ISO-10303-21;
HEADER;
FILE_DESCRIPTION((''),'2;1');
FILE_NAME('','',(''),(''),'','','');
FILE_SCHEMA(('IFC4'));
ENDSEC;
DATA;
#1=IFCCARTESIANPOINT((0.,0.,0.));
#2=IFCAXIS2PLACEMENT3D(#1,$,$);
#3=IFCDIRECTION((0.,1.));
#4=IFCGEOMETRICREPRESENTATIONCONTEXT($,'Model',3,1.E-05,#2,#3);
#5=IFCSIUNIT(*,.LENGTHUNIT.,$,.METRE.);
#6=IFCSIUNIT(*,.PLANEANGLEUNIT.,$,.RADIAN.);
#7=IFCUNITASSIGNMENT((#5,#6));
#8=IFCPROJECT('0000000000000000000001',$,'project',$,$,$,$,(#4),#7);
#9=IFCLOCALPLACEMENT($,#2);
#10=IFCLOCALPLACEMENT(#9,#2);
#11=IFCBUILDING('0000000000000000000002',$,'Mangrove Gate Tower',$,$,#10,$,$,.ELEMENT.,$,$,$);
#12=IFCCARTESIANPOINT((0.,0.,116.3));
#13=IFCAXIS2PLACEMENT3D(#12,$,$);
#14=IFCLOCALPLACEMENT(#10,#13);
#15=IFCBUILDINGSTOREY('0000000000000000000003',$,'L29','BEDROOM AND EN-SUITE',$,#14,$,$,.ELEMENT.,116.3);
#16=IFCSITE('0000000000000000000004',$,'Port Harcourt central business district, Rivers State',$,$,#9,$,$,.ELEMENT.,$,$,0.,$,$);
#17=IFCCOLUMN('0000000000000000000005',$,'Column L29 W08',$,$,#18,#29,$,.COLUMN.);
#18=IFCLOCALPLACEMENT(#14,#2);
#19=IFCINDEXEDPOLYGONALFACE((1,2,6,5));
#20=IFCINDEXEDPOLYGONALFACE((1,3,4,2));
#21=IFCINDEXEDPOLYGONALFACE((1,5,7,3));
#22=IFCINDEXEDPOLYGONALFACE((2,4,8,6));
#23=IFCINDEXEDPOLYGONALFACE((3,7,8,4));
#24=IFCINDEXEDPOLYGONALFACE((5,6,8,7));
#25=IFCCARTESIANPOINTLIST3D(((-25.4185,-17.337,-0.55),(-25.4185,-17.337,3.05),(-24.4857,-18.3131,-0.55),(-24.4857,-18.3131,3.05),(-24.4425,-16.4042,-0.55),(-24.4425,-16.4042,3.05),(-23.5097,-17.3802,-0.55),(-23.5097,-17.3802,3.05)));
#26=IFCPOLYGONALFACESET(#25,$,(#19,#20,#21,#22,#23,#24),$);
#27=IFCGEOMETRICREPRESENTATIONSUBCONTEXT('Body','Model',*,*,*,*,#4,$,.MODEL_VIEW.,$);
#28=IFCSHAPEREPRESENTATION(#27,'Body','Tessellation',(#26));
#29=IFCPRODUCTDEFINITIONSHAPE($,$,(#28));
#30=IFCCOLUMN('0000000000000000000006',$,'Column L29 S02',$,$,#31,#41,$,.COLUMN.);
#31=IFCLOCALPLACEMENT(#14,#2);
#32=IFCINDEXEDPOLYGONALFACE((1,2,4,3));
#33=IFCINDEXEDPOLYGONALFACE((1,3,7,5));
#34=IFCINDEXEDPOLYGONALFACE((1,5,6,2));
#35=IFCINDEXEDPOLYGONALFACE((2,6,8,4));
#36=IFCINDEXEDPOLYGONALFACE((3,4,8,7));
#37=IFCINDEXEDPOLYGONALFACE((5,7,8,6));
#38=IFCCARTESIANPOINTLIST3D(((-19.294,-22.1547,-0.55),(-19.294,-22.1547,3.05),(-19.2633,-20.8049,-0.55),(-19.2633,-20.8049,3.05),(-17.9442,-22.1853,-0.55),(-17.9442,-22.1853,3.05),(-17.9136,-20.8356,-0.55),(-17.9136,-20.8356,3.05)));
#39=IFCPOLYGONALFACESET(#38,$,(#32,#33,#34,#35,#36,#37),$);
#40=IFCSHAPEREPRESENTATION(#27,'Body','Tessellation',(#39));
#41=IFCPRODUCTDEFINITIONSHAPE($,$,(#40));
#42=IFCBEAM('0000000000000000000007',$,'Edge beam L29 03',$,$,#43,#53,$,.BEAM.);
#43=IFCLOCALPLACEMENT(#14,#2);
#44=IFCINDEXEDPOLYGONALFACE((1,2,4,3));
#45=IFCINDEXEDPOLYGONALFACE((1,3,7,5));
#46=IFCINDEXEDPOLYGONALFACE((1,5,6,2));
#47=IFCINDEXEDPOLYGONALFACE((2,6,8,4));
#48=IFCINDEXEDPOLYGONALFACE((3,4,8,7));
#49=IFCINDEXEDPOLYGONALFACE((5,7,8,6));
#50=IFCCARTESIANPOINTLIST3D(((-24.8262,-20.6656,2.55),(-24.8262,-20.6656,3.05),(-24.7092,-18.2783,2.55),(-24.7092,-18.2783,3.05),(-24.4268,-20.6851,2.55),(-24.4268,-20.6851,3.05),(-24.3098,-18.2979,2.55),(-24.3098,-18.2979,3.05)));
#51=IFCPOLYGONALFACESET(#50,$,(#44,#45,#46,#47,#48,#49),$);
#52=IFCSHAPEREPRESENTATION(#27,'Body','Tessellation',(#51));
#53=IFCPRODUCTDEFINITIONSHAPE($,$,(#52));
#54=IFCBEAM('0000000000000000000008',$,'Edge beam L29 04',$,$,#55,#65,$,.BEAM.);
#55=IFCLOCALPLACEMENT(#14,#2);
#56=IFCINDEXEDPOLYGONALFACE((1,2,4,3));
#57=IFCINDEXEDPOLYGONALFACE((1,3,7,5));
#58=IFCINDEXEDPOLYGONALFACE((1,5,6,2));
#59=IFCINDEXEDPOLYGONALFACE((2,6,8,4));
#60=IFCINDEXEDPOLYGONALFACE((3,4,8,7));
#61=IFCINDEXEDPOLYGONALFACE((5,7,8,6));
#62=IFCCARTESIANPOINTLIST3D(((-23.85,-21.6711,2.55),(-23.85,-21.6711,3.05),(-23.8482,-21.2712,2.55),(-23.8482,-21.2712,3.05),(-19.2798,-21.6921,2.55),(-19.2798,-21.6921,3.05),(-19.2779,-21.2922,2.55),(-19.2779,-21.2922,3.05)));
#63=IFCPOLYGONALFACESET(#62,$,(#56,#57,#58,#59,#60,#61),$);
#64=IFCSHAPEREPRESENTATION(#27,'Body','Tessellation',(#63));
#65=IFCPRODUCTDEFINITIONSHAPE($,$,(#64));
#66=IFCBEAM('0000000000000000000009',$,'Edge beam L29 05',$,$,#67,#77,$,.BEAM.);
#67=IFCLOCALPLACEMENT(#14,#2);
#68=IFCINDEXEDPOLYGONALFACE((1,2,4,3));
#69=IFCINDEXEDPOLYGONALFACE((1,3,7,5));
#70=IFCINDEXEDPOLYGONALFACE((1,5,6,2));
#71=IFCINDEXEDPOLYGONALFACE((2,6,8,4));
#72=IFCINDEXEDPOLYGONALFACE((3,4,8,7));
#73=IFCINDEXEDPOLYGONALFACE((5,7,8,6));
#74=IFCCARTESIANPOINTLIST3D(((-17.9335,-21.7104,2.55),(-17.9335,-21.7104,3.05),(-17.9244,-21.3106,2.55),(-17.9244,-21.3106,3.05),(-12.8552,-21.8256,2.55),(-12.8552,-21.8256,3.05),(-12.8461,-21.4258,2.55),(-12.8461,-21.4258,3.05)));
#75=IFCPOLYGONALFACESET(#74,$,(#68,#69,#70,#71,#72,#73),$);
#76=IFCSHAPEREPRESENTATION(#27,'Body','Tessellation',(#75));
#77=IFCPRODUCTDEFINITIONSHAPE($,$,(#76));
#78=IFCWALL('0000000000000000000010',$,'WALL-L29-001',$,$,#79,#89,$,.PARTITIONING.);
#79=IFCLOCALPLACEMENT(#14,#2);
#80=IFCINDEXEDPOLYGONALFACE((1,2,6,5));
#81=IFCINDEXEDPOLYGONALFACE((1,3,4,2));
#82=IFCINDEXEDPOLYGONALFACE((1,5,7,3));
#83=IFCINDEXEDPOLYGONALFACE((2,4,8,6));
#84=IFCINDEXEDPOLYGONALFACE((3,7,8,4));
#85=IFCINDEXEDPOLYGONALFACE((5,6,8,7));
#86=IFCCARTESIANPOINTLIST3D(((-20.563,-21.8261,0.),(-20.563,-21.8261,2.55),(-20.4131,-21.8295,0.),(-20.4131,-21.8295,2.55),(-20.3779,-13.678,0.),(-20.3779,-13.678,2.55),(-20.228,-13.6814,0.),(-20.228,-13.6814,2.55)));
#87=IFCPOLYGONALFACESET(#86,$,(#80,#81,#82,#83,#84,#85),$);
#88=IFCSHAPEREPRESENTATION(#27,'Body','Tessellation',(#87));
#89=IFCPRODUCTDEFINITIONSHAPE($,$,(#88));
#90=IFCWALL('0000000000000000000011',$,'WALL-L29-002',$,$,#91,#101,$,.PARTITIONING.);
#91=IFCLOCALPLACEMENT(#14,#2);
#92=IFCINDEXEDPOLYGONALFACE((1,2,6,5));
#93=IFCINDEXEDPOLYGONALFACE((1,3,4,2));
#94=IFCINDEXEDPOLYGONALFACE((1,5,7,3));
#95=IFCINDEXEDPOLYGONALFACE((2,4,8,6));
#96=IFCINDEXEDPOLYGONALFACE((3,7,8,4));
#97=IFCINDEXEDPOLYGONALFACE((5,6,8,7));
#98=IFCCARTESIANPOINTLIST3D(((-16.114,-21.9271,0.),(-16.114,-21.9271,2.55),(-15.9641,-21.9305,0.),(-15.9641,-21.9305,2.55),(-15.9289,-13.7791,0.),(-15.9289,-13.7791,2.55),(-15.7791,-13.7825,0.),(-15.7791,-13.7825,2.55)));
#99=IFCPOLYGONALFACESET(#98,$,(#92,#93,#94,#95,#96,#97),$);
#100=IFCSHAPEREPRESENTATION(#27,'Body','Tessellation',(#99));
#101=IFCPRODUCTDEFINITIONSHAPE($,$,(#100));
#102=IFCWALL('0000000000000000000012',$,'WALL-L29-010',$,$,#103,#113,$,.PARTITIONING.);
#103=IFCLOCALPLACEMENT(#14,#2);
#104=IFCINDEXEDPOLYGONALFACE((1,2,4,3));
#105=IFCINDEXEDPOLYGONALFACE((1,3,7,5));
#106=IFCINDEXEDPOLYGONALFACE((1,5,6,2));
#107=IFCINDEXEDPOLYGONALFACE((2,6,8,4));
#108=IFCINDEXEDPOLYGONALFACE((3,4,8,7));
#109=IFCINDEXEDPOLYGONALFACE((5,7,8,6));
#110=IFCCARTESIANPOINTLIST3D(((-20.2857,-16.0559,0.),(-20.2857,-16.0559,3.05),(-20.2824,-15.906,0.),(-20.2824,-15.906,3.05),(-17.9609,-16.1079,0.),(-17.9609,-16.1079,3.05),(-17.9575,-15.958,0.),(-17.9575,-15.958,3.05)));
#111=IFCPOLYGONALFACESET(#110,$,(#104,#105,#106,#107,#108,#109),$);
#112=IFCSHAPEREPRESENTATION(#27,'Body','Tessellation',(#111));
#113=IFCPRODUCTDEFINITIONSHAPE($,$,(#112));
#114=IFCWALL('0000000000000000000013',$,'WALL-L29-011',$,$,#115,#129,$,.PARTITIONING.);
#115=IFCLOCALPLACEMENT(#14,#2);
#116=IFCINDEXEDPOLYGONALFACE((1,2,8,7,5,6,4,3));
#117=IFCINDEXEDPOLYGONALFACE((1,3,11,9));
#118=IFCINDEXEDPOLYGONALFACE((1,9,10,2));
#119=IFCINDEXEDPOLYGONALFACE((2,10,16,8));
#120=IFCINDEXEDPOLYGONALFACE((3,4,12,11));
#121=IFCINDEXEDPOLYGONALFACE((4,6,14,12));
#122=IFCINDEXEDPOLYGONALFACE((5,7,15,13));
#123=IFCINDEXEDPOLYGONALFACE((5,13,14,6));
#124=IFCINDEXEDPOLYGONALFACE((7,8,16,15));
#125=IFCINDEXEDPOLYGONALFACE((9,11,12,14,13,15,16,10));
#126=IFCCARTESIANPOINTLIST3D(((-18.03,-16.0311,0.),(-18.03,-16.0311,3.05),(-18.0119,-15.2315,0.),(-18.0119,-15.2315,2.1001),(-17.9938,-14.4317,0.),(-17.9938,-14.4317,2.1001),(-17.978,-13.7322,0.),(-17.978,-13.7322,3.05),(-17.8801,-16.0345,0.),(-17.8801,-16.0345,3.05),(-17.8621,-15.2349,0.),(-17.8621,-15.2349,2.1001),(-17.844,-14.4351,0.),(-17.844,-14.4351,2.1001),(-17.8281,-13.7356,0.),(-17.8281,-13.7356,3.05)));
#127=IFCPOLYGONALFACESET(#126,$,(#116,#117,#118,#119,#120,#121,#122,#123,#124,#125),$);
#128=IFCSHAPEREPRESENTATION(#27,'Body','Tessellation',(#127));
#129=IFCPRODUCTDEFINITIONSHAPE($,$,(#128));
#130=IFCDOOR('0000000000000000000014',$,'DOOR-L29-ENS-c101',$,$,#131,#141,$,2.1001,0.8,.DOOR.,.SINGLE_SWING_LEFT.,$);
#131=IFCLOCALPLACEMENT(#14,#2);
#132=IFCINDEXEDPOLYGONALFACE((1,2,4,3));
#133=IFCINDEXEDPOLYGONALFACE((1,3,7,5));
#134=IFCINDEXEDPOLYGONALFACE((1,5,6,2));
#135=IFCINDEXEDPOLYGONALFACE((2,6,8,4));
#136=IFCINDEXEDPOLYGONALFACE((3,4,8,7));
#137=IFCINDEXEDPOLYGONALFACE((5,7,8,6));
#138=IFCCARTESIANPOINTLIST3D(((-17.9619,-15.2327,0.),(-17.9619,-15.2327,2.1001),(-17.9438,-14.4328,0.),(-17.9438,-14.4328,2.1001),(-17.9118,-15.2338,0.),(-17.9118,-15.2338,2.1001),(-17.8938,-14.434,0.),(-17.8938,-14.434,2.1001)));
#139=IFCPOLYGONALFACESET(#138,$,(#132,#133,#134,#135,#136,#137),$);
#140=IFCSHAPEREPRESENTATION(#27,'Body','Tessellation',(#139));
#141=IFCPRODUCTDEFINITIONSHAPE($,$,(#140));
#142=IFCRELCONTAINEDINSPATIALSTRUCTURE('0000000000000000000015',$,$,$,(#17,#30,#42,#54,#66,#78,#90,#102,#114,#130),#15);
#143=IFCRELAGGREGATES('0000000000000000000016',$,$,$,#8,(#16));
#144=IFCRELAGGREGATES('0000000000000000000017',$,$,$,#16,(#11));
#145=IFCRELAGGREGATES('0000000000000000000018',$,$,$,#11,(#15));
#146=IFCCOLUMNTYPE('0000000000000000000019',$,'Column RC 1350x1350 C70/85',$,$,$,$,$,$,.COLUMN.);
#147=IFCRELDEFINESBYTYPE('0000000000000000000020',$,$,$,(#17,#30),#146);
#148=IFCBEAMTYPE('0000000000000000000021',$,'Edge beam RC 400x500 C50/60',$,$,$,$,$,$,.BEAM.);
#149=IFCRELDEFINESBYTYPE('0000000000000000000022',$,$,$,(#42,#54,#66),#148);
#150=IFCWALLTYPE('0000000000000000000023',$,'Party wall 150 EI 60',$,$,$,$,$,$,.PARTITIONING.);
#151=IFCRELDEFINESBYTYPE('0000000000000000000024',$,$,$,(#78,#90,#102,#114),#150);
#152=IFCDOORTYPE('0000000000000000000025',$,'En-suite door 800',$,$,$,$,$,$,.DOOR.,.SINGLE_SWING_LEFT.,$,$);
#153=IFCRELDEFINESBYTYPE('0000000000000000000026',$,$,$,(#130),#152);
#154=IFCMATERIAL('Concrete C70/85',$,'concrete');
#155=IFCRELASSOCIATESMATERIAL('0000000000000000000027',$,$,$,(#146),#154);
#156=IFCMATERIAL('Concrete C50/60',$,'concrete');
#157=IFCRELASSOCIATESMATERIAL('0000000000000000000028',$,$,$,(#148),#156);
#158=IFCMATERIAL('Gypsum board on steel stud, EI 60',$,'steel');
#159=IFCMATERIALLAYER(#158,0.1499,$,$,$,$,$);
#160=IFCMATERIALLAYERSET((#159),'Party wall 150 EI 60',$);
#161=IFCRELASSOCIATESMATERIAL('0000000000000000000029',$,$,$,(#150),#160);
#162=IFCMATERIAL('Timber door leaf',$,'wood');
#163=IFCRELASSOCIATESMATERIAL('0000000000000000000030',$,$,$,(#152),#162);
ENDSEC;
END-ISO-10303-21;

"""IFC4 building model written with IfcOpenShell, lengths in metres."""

from ifc_helpers import new_model, si_unit, direction, frame, frame_2d, origin, origin_2d, place, context, subcontext, project, spatial, rectangle, extrude, material, layer, layer_set, material_profile, profile_set, type_object, element, fill, save


model = new_model("IFC4")

# Units and contexts
model_context = context("Model", 3, precision=1e-05, world=origin(), true_north=direction((0.0, 1.0)))
body_context = subcontext(model_context, "Body", "Model", "MODEL_VIEW")
ifc_project = project(units=[si_unit("LENGTHUNIT", "METRE"), si_unit("PLANEANGLEUNIT", "RADIAN")], contexts=[model_context])

# Site, building, storey
site_placement = place(None, origin())
site = spatial("IfcSite", under=ifc_project, at=site_placement, Name="Port Harcourt central business district, Rivers State", CompositionType="ELEMENT", RefElevation=0.0)
building_placement = place(site_placement, origin())
building = spatial("IfcBuilding", under=site, at=building_placement, Name="Mangrove Gate Tower", CompositionType="ELEMENT")
storey_placement = place(building_placement, frame((0.0, 0.0, 116.3)))
storey = spatial("IfcBuildingStorey", under=building, at=storey_placement, Name="L29", Description="BEDROOM AND EN-SUITE", CompositionType="ELEMENT", Elevation=116.3)

# Columns
ifc_material_1 = material(Name="Concrete C70/85", Category="concrete")
ifc_material_profile_1 = material_profile(ifc_material_1, rectangle(XDim=1.3501, YDim=1.3501, at=origin_2d()))
ifc_profile_set_1 = profile_set([ifc_material_profile_1], Name="Concrete C70/85")
column_type = type_object("IfcColumnType", Name="Column RC 1350x1350 C70/85", PredefinedType="COLUMN", material=ifc_profile_set_1)
for number, where, z_axis, x_axis, name in (
    (1, (-24.4641, -17.3586, -0.55), (0.0, 0.0, 1.0), (0.690932, -0.72292, 0.0), "Column L29 W08"),
    (2, (-18.6038, -21.4951, -0.55), (0.0, 0.0, 1.0), (0.999742, -0.022707, 0.0), "Column L29 S02"),
):
    element("IfcColumn", number, at=place(storey_placement, frame(where, z_axis=z_axis, x_axis=x_axis)), inside=storey, type_object=column_type, Name=name, PredefinedType="COLUMN", context=body_context, shape_type="SweptSolid", body=[
        extrude(rectangle(XDim=1.3501, YDim=1.3501, at=origin_2d()), origin(), (0.0, 0.0, 1.0), 3.6001),
    ])

# Beams
ifc_material_2 = material(Name="Concrete C50/60", Category="concrete")
ifc_material_profile_2 = material_profile(ifc_material_2, rectangle(XDim=0.3999, YDim=0.5, at=origin_2d()))
ifc_profile_set_2 = profile_set([ifc_material_profile_2], Name="Concrete C50/60")
beam_type = type_object("IfcBeamType", Name="Edge beam RC 400x500 C50/60", PredefinedType="BEAM", material=ifc_profile_set_2)
beam_1_placement = place(storey_placement, frame((-24.5095, -18.2881, 2.8), z_axis=(-0.048929, -0.998802, 0.0), x_axis=(0.998802, -0.048929, 0.0)))
element("IfcBeam", 3, at=beam_1_placement, inside=storey, type_object=beam_type, Name="Edge beam L29 03", PredefinedType="BEAM", context=body_context, shape_type="SweptSolid", body=[
    extrude(rectangle(XDim=0.3999, YDim=0.5, at=origin_2d()), origin(), (0.0, 0.0, 1.0), 2.3901),
])
beam_2_placement = place(storey_placement, frame((-23.8491, -21.4712, 2.8), z_axis=(0.999989, -0.004594, 0.0), x_axis=(0.004594, 0.999989, 0.0)))
element("IfcBeam", 4, at=beam_2_placement, inside=storey, type_object=beam_type, Name="Edge beam L29 04", PredefinedType="BEAM", context=body_context, shape_type="SweptSolid", body=[
    extrude(rectangle(XDim=0.3999, YDim=0.5, at=origin_2d()), origin(), (0.0, 0.0, 1.0), 4.5703),
])
beam_3_placement = place(storey_placement, frame((-17.929, -21.5105, 2.8), z_axis=(0.999743, -0.022685, 0.0), x_axis=(0.022685, 0.999743, 0.0)))
element("IfcBeam", 5, at=beam_3_placement, inside=storey, type_object=beam_type, Name="Edge beam L29 05", PredefinedType="BEAM", context=body_context, shape_type="SweptSolid", body=[
    extrude(rectangle(XDim=0.3999, YDim=0.5, at=origin_2d()), origin(), (0.0, 0.0, 1.0), 5.0796),
])

# Walls
ifc_material_3 = material(Name="Gypsum board on steel stud, EI 60", Category="steel")
ifc_layer = layer(ifc_material_3, 0.1499)
ifc_layer_set = layer_set([ifc_layer], Name="Party wall 150 EI 60")
wall_type = type_object("IfcWallType", Name="Party wall 150 EI 60", PredefinedType="PARTITIONING", material=ifc_layer_set)
for number, where, z_axis, x_axis, name in (
    (6, (-20.488, -21.8279, 0.0), (0.0, 0.0, 1.0), (0.022706, 0.999742, 0.0), "WALL-L29-001"),
    (7, (-16.0391, -21.929, 0.0), (0.0, 0.0, 1.0), (0.022706, 0.999742, 0.0), "WALL-L29-002"),
):
    element("IfcWall", number, at=place(storey_placement, frame(where, z_axis=z_axis, x_axis=x_axis)), inside=storey, type_object=wall_type, Name=name, PredefinedType="PARTITIONING", context=body_context, shape_type="SweptSolid", body=[
        extrude(rectangle(XDim=8.1501, YDim=0.1499, at=frame_2d((4.0752, 0.0))), origin(), (0.0, 0.0, 1.0), 2.55),
    ])
wall_1_placement = place(storey_placement, frame((-20.2839, -15.981, 0.0), z_axis=(0.0, 0.0, 1.0), x_axis=(0.99975, -0.022361, 0.0)))
element("IfcWall", 8, at=wall_1_placement, inside=storey, type_object=wall_type, Name="WALL-L29-010", PredefinedType="PARTITIONING", context=body_context, shape_type="SweptSolid", body=[
    extrude(rectangle(XDim=2.3254, YDim=0.1499, at=frame_2d((1.1626, 0.0))), origin(), (0.0, 0.0, 1.0), 3.05),
])

# Wall, opening, door
wall_2_placement = place(storey_placement, frame((-17.9551, -16.033, 0.0), z_axis=(0.0, 0.0, 1.0), x_axis=(0.022613, 0.999744, 0.0)))
wall_2 = element("IfcWall", 9, at=wall_2_placement, inside=storey, type_object=wall_type, Name="WALL-L29-011", PredefinedType="PARTITIONING", context=body_context, shape_type="SweptSolid", body=[
    extrude(rectangle(XDim=2.2996, YDim=0.1499, at=frame_2d((1.1499, 0.0))), origin(), (0.0, 0.0, 1.0), 3.05),
])
opening_placement = place(wall_2_placement, frame((0.8, 0.0, 0.0)))
opening = element("IfcOpeningElement", 10, at=opening_placement, cuts=wall_2, PredefinedType="OPENING", context=body_context, shape_type="SweptSolid", body=[
    extrude(rectangle(XDim=0.8, YDim=2.1001, at=frame_2d((0.3999, 1.05))), frame((0.0, 0.085, 0.0), z_axis=(0.0, -1.0, 0.0), x_axis=(1.0, 0.0, 0.0)), (0.0, 0.0, 1.0), 0.1699),
])
ifc_material_4 = material(Name="Timber door leaf", Category="wood")
door_type = type_object("IfcDoorType", Name="En-suite door 800", OperationType="SINGLE_SWING_LEFT", PredefinedType="DOOR", material=ifc_material_4)
door_placement = place(opening_placement, origin())
door = element("IfcDoor", 11, at=door_placement, inside=storey, type_object=door_type, Name="DOOR-L29-ENS-c101", OperationType="SINGLE_SWING_LEFT", OverallHeight=2.1001, OverallWidth=0.8, PredefinedType="DOOR", context=body_context, shape_type="SweptSolid", body=[
    extrude(rectangle(XDim=0.8, YDim=2.1001, at=frame_2d((0.3999, 1.05))), frame((0.0, 0.0249, 0.0), z_axis=(0.0, -1.0, 0.0), x_axis=(1.0, 0.0, 0.0)), (0.0, 0.0, 1.0), 0.05),
])
fill(opening, door)

save(model, "model.ifc")
